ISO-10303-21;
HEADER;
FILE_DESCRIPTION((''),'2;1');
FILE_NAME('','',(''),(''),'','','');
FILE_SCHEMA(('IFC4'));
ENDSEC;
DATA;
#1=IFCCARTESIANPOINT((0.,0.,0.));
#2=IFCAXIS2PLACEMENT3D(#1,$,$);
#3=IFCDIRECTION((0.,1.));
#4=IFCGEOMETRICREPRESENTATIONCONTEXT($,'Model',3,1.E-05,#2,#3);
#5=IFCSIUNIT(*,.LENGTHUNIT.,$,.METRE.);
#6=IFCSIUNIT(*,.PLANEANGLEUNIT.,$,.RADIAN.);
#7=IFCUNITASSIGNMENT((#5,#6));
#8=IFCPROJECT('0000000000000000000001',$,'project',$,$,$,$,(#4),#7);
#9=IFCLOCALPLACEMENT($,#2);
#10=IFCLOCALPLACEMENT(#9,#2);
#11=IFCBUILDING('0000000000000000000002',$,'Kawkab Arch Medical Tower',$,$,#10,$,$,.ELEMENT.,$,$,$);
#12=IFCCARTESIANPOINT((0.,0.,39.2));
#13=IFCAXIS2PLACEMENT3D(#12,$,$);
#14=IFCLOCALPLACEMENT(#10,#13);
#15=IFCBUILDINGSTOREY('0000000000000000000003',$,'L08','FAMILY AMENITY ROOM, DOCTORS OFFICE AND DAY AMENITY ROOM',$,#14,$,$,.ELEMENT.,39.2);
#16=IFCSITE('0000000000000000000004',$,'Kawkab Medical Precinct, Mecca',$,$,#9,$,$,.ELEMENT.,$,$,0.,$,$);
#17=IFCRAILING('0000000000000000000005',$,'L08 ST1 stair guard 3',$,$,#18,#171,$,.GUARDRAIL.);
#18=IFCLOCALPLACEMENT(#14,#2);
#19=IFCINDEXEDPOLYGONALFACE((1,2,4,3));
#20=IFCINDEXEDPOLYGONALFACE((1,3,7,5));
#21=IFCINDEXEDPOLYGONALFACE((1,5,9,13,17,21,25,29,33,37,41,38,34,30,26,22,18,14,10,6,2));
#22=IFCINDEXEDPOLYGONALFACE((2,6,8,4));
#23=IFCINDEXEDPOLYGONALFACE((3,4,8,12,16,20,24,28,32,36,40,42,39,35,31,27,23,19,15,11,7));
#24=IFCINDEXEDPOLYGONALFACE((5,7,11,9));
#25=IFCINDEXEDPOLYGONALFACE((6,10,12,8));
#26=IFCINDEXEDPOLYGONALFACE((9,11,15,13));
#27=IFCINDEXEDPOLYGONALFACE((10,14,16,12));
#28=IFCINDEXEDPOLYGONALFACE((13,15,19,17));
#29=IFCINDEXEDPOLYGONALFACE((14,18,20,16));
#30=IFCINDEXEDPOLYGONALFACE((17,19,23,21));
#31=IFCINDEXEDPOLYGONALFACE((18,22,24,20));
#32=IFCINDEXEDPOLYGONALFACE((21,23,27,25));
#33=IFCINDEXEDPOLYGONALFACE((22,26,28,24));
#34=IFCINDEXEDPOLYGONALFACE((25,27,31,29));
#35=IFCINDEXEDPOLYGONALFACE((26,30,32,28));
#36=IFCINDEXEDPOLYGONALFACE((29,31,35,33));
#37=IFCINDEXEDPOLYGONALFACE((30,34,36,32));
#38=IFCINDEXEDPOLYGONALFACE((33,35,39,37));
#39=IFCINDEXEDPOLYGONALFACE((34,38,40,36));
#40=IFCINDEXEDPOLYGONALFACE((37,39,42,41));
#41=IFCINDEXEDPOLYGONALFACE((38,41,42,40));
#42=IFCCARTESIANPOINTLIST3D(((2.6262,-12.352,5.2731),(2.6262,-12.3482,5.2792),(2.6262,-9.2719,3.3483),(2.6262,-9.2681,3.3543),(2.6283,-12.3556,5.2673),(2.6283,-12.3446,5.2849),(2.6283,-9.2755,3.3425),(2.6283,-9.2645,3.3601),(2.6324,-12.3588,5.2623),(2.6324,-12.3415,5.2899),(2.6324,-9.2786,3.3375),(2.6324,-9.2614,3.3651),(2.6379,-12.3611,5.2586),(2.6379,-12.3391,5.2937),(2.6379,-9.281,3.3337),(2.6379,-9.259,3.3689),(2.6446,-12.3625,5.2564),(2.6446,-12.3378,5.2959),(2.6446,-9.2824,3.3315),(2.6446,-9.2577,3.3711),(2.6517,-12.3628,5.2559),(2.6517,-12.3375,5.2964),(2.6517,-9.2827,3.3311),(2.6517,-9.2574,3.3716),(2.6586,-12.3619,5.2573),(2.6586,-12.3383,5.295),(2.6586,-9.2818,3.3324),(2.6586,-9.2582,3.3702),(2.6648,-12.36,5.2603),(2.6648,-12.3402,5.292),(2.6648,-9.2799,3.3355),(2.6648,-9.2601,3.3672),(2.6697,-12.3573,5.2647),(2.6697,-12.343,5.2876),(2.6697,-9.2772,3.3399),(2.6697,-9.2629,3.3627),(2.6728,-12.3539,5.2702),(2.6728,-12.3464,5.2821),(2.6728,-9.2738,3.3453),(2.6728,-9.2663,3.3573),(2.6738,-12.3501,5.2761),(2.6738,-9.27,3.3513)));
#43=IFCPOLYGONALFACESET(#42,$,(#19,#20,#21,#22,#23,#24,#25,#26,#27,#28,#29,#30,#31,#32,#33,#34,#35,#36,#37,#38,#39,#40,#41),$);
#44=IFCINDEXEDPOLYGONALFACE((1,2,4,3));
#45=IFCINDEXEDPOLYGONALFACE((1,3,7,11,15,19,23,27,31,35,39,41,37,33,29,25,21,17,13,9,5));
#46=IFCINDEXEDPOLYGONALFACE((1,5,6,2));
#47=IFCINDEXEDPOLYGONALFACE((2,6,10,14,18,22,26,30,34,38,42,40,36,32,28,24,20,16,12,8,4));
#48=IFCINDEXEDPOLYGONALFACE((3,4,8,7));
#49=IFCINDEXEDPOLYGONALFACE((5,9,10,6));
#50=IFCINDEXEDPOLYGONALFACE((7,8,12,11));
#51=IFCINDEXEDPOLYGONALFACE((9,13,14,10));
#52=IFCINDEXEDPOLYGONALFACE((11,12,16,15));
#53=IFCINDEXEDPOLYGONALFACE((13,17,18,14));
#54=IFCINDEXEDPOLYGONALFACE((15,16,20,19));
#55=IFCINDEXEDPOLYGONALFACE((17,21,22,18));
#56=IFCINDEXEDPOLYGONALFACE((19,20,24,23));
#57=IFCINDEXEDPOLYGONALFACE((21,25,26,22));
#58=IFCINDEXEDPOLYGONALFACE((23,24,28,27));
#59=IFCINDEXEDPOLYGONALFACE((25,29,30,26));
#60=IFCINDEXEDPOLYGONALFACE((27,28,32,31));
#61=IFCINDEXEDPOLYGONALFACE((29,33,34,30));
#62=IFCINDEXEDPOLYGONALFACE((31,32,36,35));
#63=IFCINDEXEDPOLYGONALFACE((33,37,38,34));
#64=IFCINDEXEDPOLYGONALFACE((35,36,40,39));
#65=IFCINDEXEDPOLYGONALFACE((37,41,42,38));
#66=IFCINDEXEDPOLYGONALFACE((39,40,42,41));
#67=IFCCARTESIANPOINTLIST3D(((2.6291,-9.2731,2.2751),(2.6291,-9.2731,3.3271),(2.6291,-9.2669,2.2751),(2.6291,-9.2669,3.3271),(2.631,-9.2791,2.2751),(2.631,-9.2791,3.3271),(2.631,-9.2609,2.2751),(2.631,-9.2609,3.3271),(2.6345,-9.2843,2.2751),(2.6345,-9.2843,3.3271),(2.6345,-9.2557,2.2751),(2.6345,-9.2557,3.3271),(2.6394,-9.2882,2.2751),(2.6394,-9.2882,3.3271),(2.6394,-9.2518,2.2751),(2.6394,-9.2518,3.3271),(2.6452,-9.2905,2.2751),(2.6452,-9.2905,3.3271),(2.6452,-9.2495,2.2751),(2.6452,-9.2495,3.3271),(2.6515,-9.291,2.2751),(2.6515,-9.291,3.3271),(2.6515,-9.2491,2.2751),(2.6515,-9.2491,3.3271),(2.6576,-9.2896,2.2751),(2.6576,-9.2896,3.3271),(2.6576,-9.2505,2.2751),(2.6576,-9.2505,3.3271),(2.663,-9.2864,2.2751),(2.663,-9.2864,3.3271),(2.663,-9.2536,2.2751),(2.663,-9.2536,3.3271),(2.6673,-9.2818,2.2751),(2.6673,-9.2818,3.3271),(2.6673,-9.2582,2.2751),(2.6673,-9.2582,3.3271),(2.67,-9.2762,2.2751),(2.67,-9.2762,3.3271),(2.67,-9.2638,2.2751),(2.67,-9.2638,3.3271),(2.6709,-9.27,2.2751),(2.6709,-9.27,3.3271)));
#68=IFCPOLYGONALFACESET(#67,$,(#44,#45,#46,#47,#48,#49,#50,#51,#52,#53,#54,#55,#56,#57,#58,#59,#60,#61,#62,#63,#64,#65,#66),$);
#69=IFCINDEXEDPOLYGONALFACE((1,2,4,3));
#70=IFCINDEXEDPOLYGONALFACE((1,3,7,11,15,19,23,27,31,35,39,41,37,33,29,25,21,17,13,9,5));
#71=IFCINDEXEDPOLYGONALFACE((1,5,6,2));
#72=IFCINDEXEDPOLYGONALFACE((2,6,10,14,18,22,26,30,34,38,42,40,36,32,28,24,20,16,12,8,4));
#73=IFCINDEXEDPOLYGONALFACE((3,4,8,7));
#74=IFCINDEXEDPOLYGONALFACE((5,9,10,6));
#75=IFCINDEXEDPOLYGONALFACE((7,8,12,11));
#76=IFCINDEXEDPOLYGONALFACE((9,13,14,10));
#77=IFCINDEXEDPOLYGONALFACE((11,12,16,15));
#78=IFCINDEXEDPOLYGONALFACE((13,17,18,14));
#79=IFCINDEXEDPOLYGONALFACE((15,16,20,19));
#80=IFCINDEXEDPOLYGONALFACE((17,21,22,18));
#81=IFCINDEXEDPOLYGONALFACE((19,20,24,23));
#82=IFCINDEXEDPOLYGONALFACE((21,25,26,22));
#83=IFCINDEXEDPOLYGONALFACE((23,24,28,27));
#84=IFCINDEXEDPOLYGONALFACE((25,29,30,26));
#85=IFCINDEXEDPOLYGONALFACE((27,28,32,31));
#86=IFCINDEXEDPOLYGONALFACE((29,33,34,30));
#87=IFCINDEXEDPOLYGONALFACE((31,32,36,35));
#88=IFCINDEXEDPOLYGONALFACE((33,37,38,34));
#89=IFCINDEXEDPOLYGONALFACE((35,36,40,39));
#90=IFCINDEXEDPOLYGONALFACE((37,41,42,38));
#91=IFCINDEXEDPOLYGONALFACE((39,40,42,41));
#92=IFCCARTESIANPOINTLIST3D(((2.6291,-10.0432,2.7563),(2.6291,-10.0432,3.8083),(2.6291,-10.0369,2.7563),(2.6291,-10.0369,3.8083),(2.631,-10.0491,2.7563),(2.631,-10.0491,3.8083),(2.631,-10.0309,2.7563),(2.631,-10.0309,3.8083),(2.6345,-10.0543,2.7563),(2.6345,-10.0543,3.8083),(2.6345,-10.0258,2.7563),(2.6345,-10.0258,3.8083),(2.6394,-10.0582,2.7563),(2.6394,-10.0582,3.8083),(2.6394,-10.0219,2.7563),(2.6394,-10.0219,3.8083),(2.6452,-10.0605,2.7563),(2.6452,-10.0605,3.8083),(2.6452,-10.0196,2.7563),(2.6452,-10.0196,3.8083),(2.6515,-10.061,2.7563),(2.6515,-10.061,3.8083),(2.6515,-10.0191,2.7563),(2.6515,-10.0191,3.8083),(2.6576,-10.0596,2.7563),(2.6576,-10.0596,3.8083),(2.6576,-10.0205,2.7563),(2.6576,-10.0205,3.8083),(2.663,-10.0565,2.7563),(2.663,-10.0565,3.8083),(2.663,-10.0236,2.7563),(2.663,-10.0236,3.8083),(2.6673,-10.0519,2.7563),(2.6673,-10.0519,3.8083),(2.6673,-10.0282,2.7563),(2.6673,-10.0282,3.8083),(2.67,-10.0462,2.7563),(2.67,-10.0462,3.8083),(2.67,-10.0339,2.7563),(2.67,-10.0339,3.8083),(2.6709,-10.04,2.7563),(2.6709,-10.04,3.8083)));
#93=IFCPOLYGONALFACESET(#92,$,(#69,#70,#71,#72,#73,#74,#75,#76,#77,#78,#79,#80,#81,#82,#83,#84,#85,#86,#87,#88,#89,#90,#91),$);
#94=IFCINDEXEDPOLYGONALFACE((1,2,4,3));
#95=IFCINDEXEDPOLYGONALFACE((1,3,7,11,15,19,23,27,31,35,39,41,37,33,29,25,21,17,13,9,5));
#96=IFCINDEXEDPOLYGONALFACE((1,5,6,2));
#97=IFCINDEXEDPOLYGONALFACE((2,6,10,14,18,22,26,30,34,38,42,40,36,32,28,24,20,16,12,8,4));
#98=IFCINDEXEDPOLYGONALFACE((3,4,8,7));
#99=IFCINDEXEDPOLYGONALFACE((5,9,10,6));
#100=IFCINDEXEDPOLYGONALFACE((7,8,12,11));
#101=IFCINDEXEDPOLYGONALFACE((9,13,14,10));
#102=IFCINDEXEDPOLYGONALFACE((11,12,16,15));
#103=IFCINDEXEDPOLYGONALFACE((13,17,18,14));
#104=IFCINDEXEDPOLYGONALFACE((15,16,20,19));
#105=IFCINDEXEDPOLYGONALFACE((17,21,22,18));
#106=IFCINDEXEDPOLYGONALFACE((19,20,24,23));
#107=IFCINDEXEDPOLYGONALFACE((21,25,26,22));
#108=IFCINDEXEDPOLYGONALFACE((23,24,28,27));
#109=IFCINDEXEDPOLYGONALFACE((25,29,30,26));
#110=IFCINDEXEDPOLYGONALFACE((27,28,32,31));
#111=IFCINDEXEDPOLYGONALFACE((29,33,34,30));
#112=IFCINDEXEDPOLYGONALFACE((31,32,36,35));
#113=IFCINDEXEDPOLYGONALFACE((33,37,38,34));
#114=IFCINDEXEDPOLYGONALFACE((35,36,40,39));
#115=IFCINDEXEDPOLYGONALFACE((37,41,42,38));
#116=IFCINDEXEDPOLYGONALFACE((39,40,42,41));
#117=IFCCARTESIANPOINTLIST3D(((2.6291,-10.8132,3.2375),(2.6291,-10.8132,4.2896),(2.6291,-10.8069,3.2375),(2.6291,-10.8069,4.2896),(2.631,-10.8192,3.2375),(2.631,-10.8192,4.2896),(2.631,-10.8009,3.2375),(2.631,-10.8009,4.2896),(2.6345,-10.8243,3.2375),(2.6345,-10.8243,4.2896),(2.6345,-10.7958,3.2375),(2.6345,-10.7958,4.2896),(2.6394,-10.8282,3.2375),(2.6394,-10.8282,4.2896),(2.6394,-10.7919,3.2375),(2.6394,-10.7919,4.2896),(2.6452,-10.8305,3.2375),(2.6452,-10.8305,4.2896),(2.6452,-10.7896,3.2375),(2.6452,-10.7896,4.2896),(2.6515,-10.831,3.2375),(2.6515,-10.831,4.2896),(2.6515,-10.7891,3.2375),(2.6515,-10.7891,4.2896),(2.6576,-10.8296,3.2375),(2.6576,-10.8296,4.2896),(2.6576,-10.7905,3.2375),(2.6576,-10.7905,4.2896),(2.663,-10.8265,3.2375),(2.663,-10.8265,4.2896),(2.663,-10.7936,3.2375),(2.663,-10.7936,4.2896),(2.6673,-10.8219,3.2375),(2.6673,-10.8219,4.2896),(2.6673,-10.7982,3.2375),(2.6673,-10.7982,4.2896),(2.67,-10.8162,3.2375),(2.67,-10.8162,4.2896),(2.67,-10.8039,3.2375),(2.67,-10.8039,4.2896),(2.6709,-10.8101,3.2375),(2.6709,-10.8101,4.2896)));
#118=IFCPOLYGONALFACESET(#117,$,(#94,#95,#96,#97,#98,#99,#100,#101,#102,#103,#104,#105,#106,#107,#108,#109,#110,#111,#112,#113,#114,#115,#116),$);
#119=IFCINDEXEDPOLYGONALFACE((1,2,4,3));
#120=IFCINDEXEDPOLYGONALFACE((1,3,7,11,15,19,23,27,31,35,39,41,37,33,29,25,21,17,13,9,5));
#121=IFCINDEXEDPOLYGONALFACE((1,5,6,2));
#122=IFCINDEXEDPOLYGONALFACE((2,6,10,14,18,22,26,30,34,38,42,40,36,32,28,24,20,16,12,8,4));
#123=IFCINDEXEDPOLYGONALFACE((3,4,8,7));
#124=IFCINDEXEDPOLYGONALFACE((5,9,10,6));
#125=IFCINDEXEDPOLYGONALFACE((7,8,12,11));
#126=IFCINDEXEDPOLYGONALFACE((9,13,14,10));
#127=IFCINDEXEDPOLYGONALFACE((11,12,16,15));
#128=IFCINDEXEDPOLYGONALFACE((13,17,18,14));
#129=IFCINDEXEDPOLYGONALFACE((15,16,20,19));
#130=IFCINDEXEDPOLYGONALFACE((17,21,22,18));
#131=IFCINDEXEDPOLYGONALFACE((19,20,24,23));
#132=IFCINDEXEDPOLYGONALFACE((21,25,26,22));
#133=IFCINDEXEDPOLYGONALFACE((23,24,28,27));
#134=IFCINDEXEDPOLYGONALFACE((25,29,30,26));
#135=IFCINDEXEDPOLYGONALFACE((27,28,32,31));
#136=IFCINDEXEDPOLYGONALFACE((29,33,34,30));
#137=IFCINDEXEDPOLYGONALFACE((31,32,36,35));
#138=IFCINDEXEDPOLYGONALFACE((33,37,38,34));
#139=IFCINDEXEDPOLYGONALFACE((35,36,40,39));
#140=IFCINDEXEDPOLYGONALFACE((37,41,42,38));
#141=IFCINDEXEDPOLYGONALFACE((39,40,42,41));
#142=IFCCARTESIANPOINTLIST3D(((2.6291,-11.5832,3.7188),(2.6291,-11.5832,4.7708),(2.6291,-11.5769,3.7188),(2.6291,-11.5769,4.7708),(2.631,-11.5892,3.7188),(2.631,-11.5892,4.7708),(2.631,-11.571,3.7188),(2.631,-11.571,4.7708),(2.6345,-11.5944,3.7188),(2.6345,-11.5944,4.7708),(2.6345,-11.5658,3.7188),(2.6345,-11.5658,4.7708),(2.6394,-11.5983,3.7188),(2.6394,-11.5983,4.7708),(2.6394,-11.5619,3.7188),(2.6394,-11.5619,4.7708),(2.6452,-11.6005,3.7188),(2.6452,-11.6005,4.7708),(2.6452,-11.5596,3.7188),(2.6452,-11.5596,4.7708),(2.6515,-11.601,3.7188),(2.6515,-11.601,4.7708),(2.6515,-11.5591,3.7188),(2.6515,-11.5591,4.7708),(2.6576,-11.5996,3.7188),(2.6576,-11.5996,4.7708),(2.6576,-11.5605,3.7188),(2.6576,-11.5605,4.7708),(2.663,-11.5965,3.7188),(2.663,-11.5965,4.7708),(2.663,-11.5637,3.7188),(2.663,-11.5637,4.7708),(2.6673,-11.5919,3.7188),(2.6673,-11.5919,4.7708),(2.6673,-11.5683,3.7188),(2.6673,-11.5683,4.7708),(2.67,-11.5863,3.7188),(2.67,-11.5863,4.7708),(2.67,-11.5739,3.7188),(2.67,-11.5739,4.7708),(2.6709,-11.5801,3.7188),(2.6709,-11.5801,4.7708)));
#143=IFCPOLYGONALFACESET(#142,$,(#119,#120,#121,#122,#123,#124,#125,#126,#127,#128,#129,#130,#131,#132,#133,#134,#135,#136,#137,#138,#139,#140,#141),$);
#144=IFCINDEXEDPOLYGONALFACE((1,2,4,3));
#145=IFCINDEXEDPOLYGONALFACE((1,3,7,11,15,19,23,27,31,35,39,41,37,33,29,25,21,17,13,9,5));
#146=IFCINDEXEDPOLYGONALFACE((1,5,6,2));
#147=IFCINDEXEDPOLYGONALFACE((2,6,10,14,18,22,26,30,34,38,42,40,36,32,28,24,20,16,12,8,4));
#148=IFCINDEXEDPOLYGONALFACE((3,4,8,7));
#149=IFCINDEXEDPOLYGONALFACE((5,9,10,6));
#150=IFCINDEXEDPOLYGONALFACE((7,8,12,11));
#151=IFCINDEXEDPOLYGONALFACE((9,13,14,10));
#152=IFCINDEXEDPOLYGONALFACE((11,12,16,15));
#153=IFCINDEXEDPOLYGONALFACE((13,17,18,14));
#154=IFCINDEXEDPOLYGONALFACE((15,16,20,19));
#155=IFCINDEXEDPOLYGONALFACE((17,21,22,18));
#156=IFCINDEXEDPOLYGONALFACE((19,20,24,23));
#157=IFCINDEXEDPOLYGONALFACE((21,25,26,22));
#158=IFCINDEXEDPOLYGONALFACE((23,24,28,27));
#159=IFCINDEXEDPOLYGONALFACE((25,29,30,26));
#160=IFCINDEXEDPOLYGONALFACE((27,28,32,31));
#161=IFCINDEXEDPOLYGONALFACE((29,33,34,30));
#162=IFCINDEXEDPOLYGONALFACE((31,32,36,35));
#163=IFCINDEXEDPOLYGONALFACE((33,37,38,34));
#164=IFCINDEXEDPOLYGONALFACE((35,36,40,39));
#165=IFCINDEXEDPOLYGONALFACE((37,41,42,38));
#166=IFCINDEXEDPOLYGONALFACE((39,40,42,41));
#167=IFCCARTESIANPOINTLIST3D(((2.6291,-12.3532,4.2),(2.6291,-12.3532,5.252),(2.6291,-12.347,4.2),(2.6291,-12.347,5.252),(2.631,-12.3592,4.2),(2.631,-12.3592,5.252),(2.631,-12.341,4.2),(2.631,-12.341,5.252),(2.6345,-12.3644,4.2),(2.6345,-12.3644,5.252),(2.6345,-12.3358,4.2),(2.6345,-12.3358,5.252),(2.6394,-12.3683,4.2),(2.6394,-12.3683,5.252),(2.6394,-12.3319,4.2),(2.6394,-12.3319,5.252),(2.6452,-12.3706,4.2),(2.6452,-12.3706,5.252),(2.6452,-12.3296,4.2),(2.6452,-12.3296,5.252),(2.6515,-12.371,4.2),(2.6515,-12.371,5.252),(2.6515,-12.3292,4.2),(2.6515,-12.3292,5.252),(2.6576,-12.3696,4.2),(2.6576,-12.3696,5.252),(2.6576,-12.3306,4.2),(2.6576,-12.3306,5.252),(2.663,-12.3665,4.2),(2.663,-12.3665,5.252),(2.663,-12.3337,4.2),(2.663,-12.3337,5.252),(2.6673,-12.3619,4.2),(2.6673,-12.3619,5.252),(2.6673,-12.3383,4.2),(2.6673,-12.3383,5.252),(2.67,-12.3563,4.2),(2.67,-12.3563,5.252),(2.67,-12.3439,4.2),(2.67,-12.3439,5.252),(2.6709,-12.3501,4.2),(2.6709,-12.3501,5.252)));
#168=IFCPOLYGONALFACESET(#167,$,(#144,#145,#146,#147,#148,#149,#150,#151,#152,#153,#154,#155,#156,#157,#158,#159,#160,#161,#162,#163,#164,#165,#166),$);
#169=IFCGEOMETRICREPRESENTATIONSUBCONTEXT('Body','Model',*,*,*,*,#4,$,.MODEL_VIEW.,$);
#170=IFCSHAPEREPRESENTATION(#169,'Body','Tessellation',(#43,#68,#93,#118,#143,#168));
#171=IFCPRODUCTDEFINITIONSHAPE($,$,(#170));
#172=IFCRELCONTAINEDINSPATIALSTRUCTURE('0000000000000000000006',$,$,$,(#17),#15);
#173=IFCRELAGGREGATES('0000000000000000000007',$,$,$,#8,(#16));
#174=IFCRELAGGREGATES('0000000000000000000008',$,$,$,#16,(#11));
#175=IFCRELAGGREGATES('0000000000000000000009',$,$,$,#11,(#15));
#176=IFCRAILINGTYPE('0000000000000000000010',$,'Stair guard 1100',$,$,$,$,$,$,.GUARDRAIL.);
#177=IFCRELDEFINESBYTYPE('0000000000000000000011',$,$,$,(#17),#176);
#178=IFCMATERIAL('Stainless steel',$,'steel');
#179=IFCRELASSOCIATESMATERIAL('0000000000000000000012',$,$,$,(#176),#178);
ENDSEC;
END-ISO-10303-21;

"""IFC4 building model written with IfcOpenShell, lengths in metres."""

from ifc_helpers import new_model, si_unit, direction, frame, origin, origin_2d, place, context, subcontext, project, spatial, circle, extrude, material, type_object, element, save


model = new_model("IFC4")

# Units and contexts
model_context = context("Model", 3, precision=1e-05, world=origin(), true_north=direction((0.0, 1.0)))
body_context = subcontext(model_context, "Body", "Model", "MODEL_VIEW")
ifc_project = project(units=[si_unit("LENGTHUNIT", "METRE"), si_unit("PLANEANGLEUNIT", "RADIAN")], contexts=[model_context])

# Site, building, storey
site_placement = place(None, origin())
site = spatial("IfcSite", under=ifc_project, at=site_placement, Name="Kawkab Medical Precinct, Mecca", CompositionType="ELEMENT", RefElevation=0.0)
building_placement = place(site_placement, origin())
building = spatial("IfcBuilding", under=site, at=building_placement, Name="Kawkab Arch Medical Tower", CompositionType="ELEMENT")
storey_placement = place(building_placement, frame((0.0, 0.0, 39.2)))
storey = spatial("IfcBuildingStorey", under=building, at=storey_placement, Name="L08", Description="FAMILY AMENITY ROOM, DOCTORS OFFICE AND DAY AMENITY ROOM", CompositionType="ELEMENT", Elevation=39.2)

# Railing
ifc_material_1 = material(Name="Stainless steel", Category="steel")
railing_type = type_object("IfcRailingType", Name="Stair guard 1100", PredefinedType="GUARDRAIL", material=ifc_material_1)
railing_1_placement = place(storey_placement, frame((2.6499, -9.27, 2.2751)))
element("IfcRailing", 1, at=railing_1_placement, inside=storey, type_object=railing_type, Name="L08 ST1 stair guard 3", PredefinedType="GUARDRAIL", context=body_context, shape_type="SweptSolid", body=[
    extrude(circle(Radius=0.0239, at=origin_2d()), frame((0.0, 0.0, 1.0762), z_axis=(0.0, -0.848029, 0.529951), x_axis=(1.0, 0.0, 0.0)), (0.0, 0.0, 1.0), 3.6321),
    extrude(circle(Radius=0.021, at=origin_2d()), origin(), (0.0, 0.0, 1.0), 1.052),
    extrude(circle(Radius=0.021, at=origin_2d()), frame((0.0, -0.77, 0.4812)), (0.0, 0.0, 1.0), 1.052),
    extrude(circle(Radius=0.021, at=origin_2d()), frame((0.0, -1.54, 0.9624)), (0.0, 0.0, 1.0), 1.052),
    extrude(circle(Radius=0.021, at=origin_2d()), frame((0.0, -2.3101, 1.4436)), (0.0, 0.0, 1.0), 1.052),
    extrude(circle(Radius=0.021, at=origin_2d()), frame((0.0, -3.0801, 1.9248)), (0.0, 0.0, 1.0), 1.052),
])

save(model, "model.ifc")
